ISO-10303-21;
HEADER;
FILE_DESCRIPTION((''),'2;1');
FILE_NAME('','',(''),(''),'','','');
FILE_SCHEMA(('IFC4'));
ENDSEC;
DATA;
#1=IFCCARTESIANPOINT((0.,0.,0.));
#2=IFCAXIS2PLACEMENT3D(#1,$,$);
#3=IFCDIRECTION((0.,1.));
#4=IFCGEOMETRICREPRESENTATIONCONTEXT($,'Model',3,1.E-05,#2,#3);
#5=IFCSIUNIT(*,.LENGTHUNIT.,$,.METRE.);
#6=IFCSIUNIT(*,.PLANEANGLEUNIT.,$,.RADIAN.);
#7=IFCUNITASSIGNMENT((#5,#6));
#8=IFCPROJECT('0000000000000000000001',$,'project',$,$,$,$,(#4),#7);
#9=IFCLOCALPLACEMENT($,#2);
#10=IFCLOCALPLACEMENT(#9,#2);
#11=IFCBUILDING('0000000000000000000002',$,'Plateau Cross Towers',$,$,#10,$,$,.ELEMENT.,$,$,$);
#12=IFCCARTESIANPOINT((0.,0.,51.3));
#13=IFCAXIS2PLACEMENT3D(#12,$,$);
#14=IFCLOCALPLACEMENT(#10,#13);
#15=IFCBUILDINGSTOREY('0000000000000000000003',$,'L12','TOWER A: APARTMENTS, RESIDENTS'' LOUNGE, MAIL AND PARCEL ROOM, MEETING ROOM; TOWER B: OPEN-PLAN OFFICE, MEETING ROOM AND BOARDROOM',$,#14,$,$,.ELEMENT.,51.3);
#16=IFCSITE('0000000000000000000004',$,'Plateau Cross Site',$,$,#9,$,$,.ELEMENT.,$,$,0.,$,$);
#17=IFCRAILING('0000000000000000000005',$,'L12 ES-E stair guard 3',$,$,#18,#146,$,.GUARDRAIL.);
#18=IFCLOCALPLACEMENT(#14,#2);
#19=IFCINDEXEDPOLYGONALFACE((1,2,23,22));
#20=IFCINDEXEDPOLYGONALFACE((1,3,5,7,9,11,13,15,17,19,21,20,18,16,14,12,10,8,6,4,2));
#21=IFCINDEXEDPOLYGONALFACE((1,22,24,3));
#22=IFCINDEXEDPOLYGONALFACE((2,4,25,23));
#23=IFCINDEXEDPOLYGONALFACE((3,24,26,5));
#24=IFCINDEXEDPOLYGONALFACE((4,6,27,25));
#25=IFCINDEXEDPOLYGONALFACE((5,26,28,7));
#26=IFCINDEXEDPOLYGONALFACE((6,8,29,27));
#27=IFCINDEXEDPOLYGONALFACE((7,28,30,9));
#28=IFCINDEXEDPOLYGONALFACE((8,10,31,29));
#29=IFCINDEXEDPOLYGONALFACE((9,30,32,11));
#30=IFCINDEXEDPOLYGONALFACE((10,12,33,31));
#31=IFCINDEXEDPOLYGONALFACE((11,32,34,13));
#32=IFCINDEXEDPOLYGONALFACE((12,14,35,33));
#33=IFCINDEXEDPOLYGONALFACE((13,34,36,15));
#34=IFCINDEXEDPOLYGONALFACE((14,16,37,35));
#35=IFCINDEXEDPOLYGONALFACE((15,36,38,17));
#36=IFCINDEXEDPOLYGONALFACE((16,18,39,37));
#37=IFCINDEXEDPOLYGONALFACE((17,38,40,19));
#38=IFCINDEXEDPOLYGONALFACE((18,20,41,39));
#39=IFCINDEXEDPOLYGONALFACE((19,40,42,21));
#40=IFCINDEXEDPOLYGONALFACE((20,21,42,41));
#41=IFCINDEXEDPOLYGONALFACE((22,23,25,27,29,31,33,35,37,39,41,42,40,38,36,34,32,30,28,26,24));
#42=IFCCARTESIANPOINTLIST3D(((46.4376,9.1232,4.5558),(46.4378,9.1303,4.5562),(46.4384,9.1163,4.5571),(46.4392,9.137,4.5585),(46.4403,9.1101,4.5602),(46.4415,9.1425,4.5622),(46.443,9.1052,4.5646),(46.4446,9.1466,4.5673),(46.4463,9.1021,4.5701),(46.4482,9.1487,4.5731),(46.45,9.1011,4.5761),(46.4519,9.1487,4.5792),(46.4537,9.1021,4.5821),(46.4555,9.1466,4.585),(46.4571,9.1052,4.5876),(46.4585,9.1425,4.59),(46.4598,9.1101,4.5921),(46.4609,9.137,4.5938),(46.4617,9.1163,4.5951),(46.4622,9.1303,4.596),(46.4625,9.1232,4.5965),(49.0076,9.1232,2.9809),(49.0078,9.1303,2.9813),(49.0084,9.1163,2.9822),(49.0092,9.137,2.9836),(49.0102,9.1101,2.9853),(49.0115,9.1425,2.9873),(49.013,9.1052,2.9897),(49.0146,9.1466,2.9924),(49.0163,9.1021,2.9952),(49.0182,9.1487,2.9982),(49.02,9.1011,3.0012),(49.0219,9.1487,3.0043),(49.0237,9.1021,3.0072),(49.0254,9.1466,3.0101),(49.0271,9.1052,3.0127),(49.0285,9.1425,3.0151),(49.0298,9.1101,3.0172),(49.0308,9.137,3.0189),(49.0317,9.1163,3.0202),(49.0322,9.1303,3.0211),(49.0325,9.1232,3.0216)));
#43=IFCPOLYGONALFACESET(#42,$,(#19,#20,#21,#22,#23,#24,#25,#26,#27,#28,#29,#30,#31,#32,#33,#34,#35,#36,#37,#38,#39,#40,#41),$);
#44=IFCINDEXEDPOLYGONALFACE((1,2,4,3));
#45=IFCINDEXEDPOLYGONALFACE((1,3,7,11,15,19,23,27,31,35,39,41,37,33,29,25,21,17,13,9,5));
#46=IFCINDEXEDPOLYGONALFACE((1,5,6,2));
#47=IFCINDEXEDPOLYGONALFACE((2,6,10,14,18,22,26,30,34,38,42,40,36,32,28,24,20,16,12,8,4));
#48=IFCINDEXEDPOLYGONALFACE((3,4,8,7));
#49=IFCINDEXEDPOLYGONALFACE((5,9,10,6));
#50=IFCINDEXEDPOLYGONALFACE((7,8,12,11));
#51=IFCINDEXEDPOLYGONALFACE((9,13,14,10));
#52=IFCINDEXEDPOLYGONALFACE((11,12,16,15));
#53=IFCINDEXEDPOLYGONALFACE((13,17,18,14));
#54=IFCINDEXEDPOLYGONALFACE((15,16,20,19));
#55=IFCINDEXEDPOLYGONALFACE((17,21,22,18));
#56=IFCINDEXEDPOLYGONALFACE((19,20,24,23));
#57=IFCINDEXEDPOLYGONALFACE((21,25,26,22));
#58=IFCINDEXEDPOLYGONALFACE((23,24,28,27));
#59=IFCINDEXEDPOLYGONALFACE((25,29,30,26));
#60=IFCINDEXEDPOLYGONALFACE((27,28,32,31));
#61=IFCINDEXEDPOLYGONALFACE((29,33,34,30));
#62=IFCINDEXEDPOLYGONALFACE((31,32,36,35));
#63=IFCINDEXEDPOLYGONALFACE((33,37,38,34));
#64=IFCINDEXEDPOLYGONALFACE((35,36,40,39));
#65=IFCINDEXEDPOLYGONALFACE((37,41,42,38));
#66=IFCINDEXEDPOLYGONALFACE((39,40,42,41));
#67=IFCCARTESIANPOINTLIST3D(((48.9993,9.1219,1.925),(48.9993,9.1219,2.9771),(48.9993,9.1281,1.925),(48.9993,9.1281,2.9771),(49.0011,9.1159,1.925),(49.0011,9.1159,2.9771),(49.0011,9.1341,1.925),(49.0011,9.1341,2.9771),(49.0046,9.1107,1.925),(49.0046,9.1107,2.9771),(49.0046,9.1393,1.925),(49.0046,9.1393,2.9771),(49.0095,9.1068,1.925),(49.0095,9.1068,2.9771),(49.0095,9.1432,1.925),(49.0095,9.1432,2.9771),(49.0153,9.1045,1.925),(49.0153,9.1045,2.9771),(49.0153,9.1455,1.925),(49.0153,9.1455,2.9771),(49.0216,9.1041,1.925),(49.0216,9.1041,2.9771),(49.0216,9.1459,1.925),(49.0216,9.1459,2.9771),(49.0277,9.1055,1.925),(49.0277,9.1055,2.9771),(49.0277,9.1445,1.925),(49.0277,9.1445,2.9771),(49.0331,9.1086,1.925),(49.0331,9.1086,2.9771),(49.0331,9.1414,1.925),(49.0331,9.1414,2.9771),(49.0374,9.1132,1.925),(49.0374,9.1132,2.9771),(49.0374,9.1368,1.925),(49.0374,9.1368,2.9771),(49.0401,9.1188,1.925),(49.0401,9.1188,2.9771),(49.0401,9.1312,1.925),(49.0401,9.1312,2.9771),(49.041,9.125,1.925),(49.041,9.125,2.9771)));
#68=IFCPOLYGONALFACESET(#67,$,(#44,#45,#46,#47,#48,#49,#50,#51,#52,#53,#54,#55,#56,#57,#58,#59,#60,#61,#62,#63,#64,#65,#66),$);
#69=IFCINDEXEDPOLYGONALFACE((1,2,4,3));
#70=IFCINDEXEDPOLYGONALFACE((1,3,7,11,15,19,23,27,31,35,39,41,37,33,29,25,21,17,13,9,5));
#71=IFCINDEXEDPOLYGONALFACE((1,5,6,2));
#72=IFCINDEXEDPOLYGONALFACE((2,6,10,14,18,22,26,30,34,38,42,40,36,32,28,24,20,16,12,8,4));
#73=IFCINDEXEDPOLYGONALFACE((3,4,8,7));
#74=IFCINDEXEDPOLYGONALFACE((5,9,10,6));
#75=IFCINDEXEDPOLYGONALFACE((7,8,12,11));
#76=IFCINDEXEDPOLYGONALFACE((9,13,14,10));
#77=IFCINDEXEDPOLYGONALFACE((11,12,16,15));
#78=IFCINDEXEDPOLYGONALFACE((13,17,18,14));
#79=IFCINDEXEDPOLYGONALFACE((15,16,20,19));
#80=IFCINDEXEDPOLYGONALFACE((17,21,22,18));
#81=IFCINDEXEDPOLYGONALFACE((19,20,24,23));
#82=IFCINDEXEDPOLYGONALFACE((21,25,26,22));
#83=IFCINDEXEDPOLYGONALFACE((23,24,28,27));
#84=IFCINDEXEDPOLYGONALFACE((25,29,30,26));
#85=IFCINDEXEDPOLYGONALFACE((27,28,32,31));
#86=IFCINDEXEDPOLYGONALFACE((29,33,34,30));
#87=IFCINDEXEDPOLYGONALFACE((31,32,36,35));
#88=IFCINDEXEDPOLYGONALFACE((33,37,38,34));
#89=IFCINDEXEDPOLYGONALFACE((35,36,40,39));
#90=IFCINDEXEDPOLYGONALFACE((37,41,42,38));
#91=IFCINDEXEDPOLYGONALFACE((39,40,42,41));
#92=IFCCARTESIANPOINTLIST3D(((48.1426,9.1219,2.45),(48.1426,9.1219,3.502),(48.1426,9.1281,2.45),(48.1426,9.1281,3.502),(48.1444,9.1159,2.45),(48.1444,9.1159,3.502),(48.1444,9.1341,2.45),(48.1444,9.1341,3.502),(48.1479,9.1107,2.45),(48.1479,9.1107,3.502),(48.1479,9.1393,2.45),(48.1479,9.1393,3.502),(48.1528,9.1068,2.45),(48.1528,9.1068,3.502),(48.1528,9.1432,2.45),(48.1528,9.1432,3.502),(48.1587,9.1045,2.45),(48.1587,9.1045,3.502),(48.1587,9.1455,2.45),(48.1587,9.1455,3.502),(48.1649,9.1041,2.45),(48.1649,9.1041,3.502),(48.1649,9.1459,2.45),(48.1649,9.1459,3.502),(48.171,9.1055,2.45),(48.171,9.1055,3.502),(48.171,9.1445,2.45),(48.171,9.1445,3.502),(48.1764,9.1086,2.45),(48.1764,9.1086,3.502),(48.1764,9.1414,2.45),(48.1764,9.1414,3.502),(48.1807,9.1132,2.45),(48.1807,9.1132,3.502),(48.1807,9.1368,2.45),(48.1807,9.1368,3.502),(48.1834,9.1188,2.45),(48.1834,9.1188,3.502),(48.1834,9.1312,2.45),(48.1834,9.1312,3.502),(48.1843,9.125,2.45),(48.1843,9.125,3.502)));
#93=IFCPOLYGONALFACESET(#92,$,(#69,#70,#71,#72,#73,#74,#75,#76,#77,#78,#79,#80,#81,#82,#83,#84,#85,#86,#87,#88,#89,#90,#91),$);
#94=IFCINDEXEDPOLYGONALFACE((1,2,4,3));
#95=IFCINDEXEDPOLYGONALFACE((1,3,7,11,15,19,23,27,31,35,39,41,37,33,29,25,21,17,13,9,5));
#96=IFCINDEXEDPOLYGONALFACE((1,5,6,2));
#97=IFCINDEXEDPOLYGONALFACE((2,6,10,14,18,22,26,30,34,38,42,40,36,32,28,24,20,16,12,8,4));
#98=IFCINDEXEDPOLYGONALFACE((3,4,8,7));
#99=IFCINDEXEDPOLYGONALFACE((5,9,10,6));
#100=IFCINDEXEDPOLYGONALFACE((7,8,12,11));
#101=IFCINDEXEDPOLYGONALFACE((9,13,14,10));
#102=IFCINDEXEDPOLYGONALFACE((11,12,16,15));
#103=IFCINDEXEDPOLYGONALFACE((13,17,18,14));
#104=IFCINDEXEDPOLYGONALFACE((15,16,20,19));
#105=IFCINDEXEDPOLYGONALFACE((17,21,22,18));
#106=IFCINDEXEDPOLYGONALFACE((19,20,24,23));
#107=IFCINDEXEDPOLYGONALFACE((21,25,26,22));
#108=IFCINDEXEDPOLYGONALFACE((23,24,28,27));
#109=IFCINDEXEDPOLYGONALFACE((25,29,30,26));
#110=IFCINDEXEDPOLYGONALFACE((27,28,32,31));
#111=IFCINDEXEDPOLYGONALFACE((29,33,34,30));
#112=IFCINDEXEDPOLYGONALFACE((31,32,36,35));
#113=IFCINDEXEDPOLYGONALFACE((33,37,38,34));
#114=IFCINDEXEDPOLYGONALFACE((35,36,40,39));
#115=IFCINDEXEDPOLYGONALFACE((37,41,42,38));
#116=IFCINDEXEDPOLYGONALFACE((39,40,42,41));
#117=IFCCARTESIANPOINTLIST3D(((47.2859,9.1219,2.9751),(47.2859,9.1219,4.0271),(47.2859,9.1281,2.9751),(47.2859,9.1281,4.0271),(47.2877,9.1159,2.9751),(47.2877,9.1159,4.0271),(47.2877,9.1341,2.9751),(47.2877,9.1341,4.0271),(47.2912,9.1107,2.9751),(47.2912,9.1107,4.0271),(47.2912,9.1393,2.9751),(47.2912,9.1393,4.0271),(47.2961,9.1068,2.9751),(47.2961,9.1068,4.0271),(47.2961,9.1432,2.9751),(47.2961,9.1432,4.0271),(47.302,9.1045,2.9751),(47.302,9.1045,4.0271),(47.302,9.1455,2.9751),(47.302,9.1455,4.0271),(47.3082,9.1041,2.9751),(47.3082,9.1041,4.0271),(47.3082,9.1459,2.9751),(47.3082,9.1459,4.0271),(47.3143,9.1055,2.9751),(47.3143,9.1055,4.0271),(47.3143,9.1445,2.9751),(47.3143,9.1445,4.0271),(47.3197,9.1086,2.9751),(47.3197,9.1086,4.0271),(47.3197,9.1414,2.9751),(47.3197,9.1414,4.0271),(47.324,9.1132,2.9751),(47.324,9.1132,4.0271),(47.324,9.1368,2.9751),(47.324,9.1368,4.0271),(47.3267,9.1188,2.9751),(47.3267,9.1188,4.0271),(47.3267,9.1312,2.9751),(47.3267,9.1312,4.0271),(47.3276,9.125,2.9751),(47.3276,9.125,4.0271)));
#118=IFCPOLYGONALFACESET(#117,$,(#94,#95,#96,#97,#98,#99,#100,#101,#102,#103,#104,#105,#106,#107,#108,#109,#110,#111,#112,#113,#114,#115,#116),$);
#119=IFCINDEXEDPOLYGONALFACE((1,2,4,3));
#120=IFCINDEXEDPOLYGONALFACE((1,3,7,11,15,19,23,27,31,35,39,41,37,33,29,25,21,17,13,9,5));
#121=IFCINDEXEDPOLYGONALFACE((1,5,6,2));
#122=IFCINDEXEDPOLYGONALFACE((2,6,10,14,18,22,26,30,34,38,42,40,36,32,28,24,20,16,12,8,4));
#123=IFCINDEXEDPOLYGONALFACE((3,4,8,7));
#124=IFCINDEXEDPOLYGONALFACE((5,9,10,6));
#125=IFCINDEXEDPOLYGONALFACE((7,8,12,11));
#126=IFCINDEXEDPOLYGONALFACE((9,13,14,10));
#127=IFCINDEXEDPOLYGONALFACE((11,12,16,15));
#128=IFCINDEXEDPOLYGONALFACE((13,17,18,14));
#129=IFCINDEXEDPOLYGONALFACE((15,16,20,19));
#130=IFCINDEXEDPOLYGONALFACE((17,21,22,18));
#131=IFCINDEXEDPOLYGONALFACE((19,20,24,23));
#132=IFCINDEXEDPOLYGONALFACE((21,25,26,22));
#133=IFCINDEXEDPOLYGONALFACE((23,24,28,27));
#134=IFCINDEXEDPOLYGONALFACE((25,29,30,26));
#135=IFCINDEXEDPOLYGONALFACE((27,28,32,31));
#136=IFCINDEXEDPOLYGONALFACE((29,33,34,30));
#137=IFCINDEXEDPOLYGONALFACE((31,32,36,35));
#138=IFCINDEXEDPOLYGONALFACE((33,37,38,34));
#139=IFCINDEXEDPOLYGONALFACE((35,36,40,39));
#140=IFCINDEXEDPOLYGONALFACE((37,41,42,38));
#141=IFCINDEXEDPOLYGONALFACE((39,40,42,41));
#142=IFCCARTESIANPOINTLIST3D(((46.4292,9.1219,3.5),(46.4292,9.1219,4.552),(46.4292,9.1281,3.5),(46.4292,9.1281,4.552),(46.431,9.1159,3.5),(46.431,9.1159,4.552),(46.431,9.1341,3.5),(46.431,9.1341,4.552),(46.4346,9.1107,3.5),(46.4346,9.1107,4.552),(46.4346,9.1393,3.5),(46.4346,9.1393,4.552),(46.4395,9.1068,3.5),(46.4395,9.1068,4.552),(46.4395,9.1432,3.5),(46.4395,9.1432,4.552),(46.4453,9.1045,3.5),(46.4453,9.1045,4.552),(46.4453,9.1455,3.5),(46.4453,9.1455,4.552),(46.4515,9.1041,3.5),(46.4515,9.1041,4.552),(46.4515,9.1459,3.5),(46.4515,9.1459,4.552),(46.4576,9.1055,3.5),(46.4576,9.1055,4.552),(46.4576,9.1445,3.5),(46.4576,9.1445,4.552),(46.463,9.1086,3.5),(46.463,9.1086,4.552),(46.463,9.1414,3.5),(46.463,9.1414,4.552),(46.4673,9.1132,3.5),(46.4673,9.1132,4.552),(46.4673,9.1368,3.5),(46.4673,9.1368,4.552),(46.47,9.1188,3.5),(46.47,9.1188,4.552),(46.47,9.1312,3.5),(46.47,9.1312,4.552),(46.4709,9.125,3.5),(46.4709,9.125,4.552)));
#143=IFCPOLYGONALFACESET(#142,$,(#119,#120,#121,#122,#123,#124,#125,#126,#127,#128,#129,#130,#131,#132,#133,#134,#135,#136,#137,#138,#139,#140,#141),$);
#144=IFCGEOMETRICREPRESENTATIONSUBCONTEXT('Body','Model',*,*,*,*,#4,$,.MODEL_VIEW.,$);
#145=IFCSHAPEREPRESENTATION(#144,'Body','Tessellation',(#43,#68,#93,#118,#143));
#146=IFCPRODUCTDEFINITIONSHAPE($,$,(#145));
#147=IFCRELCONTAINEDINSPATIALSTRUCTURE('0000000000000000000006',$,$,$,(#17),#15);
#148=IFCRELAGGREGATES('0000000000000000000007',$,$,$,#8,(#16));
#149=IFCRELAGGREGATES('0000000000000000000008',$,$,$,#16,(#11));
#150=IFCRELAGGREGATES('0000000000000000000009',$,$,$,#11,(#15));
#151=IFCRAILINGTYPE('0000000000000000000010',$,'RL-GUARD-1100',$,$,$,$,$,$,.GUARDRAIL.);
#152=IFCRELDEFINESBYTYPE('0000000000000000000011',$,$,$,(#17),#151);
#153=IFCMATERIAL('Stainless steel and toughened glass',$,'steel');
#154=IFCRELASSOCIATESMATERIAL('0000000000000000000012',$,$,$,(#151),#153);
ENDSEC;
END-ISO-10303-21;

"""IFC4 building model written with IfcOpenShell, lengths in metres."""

from ifc_helpers import new_model, si_unit, direction, frame, origin, origin_2d, place, context, subcontext, project, spatial, circle, extrude, material, type_object, element, save


model = new_model("IFC4")

# Units and contexts
model_context = context("Model", 3, precision=1e-05, world=origin(), true_north=direction((0.0, 1.0)))
body_context = subcontext(model_context, "Body", "Model", "MODEL_VIEW")
ifc_project = project(units=[si_unit("LENGTHUNIT", "METRE"), si_unit("PLANEANGLEUNIT", "RADIAN")], contexts=[model_context])

# Site, building, storey
site_placement = place(None, origin())
site = spatial("IfcSite", under=ifc_project, at=site_placement, Name="Plateau Cross Site", CompositionType="ELEMENT", RefElevation=0.0)
building_placement = place(site_placement, origin())
building = spatial("IfcBuilding", under=site, at=building_placement, Name="Plateau Cross Towers", CompositionType="ELEMENT")
storey_placement = place(building_placement, frame((0.0, 0.0, 51.3)))
storey = spatial("IfcBuildingStorey", under=building, at=storey_placement, Name="L12", Description="TOWER A: APARTMENTS, RESIDENTS' LOUNGE, MAIL AND PARCEL ROOM, MEETING ROOM; TOWER B: OPEN-PLAN OFFICE, MEETING ROOM AND BOARDROOM", CompositionType="ELEMENT", Elevation=51.3)

# Railing
ifc_material_1 = material(Name="Stainless steel and toughened glass", Category="steel")
railing_type_1 = type_object("IfcRailingType", Name="RL-GUARD-1100", PredefinedType="GUARDRAIL", material=ifc_material_1)
railing_1_placement = place(storey_placement, frame((49.02, 9.125, 1.925)))
element("IfcRailing", 1, at=railing_1_placement, inside=storey, type_object=railing_type_1, Name="L12 ES-E stair guard 3", PredefinedType="GUARDRAIL", context=body_context, shape_type="SweptSolid", body=[
    extrude(circle(Radius=0.0239, at=origin_2d()), frame((0.0, 0.0, 1.0762), z_axis=(-0.852639, 0.0, 0.522501), x_axis=(0.0, -1.0, 0.0)), (0.0, 0.0, 1.0), 3.0142),
    extrude(circle(Radius=0.021, at=origin_2d()), origin(), (0.0, 0.0, 1.0), 1.052),
    extrude(circle(Radius=0.021, at=origin_2d()), frame((-0.8567, 0.0, 0.5249)), (0.0, 0.0, 1.0), 1.052),
    extrude(circle(Radius=0.021, at=origin_2d()), frame((-1.7134, 0.0, 1.05)), (0.0, 0.0, 1.0), 1.052),
    extrude(circle(Radius=0.021, at=origin_2d()), frame((-2.5701, 0.0, 1.575)), (0.0, 0.0, 1.0), 1.052),
])

save(model, "model.ifc")
